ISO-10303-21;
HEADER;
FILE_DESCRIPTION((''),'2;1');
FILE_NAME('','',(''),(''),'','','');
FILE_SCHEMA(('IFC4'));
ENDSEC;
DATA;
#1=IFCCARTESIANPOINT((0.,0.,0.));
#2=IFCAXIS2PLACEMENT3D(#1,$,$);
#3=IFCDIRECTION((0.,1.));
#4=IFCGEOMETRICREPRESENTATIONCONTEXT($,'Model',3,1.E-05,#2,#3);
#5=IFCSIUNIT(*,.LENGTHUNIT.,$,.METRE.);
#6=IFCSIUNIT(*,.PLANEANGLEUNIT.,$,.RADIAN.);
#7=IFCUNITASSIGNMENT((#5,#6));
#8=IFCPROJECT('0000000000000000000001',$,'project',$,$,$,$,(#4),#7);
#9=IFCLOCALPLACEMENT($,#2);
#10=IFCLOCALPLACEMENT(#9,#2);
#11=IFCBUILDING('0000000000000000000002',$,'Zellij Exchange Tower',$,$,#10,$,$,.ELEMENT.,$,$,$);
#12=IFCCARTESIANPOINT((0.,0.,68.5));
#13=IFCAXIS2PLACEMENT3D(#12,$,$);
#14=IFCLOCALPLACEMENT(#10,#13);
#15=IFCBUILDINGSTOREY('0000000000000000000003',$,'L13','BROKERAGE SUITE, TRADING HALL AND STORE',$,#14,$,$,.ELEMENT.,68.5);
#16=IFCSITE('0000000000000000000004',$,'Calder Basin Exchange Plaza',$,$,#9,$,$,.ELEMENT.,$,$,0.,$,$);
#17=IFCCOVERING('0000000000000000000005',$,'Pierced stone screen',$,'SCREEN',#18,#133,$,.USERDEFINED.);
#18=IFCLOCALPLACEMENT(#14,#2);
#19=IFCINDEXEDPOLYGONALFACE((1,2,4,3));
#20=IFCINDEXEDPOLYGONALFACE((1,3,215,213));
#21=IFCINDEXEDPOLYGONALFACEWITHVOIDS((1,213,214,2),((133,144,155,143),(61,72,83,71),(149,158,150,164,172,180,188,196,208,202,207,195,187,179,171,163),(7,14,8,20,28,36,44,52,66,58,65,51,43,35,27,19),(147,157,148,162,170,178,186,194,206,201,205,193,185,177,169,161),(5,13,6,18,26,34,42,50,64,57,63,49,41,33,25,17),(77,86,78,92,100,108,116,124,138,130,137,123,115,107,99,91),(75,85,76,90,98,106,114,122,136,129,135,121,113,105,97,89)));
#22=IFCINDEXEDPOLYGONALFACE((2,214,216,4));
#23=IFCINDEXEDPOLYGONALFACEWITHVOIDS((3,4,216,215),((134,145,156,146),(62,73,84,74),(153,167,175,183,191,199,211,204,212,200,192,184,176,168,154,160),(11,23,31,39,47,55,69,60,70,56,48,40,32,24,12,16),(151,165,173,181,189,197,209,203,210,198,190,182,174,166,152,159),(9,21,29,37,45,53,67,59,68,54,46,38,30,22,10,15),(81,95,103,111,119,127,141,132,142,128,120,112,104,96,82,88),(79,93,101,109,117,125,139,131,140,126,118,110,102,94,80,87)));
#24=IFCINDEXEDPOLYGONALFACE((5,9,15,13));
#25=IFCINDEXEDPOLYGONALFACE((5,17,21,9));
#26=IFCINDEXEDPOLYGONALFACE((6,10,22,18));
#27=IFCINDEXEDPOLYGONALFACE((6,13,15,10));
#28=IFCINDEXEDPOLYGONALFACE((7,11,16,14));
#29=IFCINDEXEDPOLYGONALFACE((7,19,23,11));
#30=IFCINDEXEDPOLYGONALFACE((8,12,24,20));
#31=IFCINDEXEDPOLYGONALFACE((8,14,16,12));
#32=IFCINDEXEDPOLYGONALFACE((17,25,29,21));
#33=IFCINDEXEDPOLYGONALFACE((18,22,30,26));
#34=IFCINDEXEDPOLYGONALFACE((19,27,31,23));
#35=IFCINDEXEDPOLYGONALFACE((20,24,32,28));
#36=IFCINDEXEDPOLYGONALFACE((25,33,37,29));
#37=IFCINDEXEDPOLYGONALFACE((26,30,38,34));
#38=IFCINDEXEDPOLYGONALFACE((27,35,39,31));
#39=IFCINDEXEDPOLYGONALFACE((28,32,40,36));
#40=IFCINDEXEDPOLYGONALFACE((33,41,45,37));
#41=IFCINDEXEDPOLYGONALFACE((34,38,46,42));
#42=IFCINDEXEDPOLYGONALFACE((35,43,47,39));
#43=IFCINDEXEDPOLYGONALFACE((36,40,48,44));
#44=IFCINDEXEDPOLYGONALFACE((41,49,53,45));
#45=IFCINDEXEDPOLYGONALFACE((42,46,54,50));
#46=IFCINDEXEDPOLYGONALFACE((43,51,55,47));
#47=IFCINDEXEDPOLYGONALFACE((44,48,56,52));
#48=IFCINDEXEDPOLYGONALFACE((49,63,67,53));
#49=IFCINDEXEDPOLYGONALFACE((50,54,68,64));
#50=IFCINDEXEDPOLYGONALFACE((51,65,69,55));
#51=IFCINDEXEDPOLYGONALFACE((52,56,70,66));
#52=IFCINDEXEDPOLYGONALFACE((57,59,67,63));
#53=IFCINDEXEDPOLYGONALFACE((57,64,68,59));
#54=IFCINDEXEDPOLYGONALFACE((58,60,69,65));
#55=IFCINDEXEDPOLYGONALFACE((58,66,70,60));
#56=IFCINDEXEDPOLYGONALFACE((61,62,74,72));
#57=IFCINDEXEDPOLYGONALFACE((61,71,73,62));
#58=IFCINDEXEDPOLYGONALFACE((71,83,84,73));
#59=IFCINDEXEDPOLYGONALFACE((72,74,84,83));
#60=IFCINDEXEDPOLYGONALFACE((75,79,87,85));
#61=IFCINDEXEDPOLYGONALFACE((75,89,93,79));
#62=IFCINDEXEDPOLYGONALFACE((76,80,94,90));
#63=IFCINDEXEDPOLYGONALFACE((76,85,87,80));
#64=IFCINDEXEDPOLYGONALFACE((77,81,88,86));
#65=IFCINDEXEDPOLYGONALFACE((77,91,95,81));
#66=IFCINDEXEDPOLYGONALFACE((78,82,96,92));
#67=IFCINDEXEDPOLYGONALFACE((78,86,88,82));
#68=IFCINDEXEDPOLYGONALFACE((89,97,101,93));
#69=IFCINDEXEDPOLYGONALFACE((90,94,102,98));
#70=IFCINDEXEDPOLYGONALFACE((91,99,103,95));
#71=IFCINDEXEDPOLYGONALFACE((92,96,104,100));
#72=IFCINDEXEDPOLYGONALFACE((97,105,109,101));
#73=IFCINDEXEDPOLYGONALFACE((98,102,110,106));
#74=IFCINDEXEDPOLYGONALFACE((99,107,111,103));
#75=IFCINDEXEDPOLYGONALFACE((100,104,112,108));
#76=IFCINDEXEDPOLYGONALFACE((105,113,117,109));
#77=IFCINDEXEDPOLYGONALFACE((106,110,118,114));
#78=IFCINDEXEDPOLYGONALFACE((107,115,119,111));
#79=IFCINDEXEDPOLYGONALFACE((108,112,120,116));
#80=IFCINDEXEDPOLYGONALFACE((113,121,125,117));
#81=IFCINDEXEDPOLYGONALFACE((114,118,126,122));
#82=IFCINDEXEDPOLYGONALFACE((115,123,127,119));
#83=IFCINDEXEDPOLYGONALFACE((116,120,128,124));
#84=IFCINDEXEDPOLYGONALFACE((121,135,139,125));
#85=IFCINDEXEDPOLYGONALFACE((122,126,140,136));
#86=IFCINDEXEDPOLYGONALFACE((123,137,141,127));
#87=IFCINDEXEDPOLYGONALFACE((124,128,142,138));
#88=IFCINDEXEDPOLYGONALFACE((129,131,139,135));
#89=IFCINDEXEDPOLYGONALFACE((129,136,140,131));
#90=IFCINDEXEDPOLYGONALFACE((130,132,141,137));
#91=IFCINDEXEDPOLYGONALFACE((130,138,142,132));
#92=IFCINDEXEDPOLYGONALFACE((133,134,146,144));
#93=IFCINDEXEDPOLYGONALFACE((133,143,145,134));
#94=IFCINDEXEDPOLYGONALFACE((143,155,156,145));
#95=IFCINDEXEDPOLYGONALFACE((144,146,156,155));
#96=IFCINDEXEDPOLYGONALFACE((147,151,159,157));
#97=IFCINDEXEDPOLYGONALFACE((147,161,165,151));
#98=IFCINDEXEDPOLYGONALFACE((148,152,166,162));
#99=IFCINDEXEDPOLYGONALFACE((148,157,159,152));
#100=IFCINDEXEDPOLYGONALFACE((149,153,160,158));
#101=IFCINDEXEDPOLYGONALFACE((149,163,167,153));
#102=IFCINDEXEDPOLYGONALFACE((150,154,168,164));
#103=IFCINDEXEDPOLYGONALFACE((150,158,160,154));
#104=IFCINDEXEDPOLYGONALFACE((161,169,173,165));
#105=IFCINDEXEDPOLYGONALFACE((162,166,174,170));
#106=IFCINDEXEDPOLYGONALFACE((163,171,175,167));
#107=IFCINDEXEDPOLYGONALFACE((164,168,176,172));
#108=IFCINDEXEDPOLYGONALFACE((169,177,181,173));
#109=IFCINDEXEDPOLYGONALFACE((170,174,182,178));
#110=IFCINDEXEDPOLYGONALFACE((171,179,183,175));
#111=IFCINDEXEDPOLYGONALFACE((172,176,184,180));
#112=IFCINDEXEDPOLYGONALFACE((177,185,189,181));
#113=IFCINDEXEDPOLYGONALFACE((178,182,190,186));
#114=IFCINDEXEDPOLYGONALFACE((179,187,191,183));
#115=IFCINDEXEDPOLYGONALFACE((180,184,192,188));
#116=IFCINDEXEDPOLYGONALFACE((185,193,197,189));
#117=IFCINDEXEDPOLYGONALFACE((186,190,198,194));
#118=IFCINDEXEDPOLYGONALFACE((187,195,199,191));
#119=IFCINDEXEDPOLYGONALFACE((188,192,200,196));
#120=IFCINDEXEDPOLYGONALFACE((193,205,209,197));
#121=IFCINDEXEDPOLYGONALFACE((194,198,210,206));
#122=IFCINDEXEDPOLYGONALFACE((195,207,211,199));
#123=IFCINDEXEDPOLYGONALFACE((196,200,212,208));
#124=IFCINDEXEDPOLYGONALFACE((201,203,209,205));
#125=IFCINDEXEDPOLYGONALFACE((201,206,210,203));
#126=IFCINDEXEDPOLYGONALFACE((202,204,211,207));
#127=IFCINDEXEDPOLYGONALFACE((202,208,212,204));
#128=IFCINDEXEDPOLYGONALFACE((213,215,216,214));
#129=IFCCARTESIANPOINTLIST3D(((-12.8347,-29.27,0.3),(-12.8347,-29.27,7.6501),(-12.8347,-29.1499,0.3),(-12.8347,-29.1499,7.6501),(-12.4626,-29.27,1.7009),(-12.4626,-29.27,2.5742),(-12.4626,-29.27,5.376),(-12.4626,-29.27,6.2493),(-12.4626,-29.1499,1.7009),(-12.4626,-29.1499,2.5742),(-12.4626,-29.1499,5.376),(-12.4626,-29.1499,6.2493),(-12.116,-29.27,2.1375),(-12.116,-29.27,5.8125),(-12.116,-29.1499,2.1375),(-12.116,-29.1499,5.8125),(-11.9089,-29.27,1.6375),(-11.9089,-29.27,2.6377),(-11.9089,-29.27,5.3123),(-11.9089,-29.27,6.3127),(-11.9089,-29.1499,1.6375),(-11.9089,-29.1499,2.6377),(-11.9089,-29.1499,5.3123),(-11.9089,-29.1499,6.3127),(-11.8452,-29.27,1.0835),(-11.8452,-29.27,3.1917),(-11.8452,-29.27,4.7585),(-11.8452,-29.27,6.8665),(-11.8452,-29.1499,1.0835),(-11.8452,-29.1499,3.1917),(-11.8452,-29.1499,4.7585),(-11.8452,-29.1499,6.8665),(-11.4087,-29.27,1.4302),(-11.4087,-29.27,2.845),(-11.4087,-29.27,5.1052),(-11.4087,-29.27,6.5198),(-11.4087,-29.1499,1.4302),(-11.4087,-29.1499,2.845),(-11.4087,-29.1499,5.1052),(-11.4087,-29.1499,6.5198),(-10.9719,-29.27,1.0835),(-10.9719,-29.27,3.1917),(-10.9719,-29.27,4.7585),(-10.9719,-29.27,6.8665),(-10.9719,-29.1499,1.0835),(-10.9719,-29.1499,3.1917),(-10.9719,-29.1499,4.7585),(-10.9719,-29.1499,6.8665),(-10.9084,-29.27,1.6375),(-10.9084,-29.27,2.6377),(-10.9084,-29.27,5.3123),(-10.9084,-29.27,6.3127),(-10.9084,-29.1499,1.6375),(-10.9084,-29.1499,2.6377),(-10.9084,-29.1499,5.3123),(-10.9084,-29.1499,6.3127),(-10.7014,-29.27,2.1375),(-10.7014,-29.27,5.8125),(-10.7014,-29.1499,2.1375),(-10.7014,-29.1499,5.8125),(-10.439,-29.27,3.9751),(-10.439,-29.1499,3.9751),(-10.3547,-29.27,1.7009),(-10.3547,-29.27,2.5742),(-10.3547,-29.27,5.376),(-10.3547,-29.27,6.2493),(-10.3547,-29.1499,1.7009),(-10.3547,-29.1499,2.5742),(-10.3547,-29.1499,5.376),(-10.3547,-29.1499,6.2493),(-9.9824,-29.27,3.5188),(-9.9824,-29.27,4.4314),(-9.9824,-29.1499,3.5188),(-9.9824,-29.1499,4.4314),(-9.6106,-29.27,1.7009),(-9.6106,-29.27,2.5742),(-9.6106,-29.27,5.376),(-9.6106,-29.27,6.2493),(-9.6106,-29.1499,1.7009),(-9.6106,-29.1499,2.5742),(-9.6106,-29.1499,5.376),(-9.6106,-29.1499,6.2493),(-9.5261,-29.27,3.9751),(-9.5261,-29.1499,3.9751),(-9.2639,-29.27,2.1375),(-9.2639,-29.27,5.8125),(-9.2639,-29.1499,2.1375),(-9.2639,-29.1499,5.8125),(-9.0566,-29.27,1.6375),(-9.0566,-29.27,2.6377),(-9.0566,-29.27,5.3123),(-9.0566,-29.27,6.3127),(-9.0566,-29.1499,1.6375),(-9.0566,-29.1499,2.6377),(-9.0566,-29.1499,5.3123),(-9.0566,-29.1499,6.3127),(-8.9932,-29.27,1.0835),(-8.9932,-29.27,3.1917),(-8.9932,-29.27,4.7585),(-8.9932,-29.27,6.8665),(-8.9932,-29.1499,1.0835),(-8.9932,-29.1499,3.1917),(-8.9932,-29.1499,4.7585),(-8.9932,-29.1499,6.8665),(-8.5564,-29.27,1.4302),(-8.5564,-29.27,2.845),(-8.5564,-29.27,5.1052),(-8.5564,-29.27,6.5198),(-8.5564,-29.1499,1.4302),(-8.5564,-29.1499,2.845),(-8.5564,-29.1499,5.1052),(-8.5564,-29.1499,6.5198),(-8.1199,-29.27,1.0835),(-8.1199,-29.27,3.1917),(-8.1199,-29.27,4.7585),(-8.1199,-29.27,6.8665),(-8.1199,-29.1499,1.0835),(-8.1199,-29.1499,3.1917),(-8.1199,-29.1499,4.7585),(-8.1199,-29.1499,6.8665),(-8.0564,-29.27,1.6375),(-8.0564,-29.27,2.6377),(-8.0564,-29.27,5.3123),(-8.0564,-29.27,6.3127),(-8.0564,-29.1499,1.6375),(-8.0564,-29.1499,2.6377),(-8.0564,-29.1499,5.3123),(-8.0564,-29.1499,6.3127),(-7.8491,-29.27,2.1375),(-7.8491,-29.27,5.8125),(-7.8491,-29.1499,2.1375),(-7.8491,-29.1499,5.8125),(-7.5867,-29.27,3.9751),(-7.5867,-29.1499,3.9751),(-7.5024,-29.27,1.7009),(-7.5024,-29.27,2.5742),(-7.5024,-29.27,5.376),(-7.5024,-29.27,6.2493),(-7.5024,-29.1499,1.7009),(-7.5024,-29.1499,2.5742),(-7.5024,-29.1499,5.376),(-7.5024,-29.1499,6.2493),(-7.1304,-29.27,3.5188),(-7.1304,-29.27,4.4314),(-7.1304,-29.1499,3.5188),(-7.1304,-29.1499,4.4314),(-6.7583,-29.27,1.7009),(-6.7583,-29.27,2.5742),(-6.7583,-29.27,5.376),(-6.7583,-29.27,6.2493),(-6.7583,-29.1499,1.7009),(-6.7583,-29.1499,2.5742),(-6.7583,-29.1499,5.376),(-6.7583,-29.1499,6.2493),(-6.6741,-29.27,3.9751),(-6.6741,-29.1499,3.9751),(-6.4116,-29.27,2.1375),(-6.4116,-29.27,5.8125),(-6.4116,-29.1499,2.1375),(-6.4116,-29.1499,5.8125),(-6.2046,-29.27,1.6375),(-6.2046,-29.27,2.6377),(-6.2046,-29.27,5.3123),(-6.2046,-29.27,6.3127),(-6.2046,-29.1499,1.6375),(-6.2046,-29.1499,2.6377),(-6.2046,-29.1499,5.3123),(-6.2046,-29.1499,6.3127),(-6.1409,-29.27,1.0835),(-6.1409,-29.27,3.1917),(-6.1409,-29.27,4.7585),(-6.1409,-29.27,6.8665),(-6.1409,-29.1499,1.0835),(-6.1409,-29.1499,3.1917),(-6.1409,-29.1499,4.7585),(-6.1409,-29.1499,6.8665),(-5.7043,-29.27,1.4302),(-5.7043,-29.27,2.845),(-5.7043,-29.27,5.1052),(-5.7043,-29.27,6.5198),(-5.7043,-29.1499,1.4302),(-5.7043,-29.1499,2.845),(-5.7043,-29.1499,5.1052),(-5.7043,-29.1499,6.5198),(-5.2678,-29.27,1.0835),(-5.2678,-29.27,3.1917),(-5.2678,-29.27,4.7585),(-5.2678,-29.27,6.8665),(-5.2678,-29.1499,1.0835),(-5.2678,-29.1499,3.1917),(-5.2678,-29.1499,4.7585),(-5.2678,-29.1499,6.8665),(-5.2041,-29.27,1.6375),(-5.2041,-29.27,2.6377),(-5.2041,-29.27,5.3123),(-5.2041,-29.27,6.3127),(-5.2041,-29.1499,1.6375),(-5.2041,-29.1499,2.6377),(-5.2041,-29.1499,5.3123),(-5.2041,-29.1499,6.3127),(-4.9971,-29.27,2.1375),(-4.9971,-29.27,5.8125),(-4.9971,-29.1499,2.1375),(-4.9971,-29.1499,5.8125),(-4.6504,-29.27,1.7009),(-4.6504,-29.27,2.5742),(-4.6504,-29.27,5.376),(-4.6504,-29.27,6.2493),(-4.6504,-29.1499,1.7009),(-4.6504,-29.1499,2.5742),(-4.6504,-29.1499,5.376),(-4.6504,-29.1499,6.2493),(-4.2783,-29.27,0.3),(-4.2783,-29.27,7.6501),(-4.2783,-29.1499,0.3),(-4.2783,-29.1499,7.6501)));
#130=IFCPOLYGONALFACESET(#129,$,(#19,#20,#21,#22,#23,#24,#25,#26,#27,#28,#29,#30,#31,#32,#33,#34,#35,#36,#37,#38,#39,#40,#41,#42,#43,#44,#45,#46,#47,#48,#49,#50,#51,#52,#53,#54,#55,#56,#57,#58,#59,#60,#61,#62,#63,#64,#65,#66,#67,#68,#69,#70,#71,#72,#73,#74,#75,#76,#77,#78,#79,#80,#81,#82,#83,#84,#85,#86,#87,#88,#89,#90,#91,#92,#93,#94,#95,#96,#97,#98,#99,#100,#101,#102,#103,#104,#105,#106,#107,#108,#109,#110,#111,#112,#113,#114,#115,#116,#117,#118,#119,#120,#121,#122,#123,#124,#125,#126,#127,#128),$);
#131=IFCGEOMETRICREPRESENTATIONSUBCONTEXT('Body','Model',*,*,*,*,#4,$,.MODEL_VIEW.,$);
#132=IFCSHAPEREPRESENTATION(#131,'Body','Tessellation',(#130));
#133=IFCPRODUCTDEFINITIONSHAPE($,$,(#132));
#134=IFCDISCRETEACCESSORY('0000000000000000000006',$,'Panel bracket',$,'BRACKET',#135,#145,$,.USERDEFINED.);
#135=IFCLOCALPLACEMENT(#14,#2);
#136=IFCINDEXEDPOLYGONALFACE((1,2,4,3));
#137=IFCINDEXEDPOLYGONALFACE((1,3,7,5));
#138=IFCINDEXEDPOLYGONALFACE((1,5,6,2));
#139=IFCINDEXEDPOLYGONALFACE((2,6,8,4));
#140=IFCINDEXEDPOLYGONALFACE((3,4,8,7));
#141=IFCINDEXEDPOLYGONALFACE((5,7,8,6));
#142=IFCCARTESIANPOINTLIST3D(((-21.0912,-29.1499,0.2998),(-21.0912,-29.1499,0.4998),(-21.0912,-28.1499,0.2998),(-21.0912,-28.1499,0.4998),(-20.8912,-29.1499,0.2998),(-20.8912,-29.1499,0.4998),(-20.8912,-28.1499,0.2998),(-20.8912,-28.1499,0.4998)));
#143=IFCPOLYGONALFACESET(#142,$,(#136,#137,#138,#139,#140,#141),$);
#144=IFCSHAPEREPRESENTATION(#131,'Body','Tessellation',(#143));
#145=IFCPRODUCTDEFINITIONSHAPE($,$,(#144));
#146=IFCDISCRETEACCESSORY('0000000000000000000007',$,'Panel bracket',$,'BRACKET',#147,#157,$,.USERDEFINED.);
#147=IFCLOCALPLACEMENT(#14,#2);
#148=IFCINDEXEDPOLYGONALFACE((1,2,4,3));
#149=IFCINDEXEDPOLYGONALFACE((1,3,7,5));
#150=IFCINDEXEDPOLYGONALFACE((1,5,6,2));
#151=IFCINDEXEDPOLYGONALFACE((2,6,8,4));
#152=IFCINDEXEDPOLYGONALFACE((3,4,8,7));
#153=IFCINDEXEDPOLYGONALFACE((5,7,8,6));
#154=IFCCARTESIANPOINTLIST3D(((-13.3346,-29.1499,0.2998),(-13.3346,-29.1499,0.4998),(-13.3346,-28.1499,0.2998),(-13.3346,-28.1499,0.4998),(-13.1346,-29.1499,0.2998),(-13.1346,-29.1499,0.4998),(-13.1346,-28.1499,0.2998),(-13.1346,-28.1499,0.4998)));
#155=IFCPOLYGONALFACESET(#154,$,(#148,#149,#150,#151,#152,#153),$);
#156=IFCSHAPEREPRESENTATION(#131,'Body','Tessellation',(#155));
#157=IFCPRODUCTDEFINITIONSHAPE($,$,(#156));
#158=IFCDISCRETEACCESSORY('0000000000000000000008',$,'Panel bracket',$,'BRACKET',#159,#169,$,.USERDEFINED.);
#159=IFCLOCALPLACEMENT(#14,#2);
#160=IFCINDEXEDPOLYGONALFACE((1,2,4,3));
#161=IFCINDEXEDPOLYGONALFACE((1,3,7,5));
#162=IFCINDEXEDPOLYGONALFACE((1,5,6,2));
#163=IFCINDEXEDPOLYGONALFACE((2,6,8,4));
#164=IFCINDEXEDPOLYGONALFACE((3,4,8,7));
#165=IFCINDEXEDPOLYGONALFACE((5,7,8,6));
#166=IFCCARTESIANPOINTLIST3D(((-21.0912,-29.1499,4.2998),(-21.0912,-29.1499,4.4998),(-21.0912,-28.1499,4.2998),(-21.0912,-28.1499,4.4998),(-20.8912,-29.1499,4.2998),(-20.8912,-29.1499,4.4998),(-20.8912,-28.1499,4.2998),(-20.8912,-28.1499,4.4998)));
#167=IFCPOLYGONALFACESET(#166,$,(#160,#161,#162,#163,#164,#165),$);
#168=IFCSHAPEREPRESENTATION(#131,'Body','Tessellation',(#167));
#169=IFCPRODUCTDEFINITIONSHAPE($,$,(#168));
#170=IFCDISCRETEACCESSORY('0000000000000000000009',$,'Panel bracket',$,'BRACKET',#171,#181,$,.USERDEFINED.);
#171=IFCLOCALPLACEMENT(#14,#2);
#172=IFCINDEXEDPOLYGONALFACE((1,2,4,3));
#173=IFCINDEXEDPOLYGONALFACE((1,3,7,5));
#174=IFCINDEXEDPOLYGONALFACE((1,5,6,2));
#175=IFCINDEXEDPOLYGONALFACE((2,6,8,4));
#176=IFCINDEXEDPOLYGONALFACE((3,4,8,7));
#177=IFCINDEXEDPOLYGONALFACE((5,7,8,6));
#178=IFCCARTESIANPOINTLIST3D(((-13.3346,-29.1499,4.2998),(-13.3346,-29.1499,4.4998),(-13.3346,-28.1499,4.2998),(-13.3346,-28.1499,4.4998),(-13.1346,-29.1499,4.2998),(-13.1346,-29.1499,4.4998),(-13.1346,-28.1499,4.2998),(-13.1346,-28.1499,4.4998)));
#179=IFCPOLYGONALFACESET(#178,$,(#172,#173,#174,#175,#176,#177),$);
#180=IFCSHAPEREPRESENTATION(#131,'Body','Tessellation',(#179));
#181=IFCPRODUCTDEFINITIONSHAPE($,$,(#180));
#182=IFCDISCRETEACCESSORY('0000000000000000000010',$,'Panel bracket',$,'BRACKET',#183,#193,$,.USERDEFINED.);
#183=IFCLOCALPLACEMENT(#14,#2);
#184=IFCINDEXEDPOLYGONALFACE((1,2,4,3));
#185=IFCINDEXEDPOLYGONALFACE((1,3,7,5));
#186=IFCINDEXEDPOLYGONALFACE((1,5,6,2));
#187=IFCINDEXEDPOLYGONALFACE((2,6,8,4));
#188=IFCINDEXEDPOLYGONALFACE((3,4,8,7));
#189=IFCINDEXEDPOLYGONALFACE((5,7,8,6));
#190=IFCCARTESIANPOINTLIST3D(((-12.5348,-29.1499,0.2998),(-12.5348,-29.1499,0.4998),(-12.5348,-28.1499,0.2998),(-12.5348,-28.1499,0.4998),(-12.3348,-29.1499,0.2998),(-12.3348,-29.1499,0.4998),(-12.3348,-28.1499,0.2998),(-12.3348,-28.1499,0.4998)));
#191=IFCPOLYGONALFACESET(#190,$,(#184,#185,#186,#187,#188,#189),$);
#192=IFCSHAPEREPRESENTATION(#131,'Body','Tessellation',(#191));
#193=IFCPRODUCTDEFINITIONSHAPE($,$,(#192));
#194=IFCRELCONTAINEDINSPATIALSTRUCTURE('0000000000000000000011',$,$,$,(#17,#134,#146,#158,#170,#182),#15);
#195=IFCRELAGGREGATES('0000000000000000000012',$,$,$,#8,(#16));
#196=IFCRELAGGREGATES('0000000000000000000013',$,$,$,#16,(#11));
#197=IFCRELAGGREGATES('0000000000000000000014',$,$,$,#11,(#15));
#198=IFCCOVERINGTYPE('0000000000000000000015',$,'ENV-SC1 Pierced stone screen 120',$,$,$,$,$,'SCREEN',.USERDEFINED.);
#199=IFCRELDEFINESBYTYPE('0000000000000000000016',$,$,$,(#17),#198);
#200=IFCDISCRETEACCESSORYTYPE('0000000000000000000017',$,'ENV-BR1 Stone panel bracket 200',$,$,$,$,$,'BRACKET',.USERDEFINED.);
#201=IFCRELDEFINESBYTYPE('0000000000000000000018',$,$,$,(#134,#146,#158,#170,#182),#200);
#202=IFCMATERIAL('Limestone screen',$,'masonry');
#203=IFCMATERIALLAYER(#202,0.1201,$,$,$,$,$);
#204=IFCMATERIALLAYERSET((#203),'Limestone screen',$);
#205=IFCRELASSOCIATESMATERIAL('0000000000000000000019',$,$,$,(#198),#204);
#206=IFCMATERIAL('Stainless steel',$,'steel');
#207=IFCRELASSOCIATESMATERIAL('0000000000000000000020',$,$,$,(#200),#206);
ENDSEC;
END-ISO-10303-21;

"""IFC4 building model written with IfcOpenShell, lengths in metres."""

from ifc_helpers import new_model, si_unit, direction, frame, origin, origin_2d, place, context, subcontext, project, spatial, polyline, rectangle, outline, extrude, material, layer, layer_set, type_object, element, save


model = new_model("IFC4")

# Units and contexts
model_context = context("Model", 3, precision=1e-05, world=origin(), true_north=direction((0.0, 1.0)))
body_context = subcontext(model_context, "Body", "Model", "MODEL_VIEW")
ifc_project = project(units=[si_unit("LENGTHUNIT", "METRE"), si_unit("PLANEANGLEUNIT", "RADIAN")], contexts=[model_context])

# Site, building, storey
site_placement = place(None, origin())
site = spatial("IfcSite", under=ifc_project, at=site_placement, Name="Calder Basin Exchange Plaza", CompositionType="ELEMENT", RefElevation=0.0)
building_placement = place(site_placement, origin())
building = spatial("IfcBuilding", under=site, at=building_placement, Name="Zellij Exchange Tower", CompositionType="ELEMENT")
storey_placement = place(building_placement, frame((0.0, 0.0, 68.5)))
storey = spatial("IfcBuildingStorey", under=building, at=storey_placement, Name="L13", Description="BROKERAGE SUITE, TRADING HALL AND STORE", CompositionType="ELEMENT", Elevation=68.5)

# Shared definitions
ifc_material_1 = material(Name="Stainless steel", Category="steel")

# Covering
ifc_material_2 = material(Name="Limestone screen", Category="masonry")
ifc_layer_1 = layer(ifc_material_2, 0.1201)
ifc_layer_set_1 = layer_set([ifc_layer_1], Name="Limestone screen")
covering_type = type_object("IfcCoveringType", Name="ENV-SC1 Pierced stone screen 120", ElementType="SCREEN", PredefinedType="USERDEFINED", material=ifc_layer_set_1)
covering_placement = place(storey_placement, frame((-12.8347, -29.21, 0.3), z_axis=(0.0, 0.0, 1.0), x_axis=(1.0, 0.0, 0.0)))
element("IfcCovering", 1, at=covering_placement, inside=storey, type_object=covering_type, Name="Pierced stone screen", ObjectType="SCREEN", PredefinedType="USERDEFINED", context=body_context, shape_type="SweptSolid", body=[
    extrude(outline(polyline([(0.0, 0.0), (8.5564, 0.0), (8.5564, 7.3501), (0.0, 7.3501), (0.0, 0.0)]), holes=[polyline([(2.48, 2.2742), (1.9263, 2.3376), (1.8628, 2.8916), (1.426, 2.5449), (0.9895, 2.8916), (0.9258, 2.3376), (0.3721, 2.2742), (0.7188, 1.8374), (0.3721, 1.4009), (0.9258, 1.3374), (0.9895, 0.7834), (1.426, 1.1301), (1.8628, 0.7834), (1.9263, 1.3374), (2.48, 1.4009), (2.1333, 1.8374), (2.48, 2.2742)]), polyline([(2.48, 5.9492), (1.9263, 6.0127), (1.8628, 6.5664), (1.426, 6.2197), (0.9895, 6.5664), (0.9258, 6.0127), (0.3721, 5.9492), (0.7188, 5.5125), (0.3721, 5.0759), (0.9258, 5.0122), (0.9895, 4.4585), (1.426, 4.8052), (1.8628, 4.4585), (1.9263, 5.0122), (2.48, 5.0759), (2.1333, 5.5125), (2.48, 5.9492)]), polyline([(5.3323, 2.2742), (4.7783, 2.3376), (4.7148, 2.8916), (4.2783, 2.5449), (3.8416, 2.8916), (3.7781, 2.3376), (3.2241, 2.2742), (3.5708, 1.8374), (3.2241, 1.4009), (3.7781, 1.3374), (3.8416, 0.7834), (4.2783, 1.1301), (4.7148, 0.7834), (4.7783, 1.3374), (5.3323, 1.4009), (4.9856, 1.8374), (5.3323, 2.2742)]), polyline([(5.3323, 5.9492), (4.7783, 6.0127), (4.7148, 6.5664), (4.2783, 6.2197), (3.8416, 6.5664), (3.7781, 6.0127), (3.2241, 5.9492), (3.5708, 5.5125), (3.2241, 5.0759), (3.7781, 5.0122), (3.8416, 4.4585), (4.2783, 4.8052), (4.7148, 4.4585), (4.7783, 5.0122), (5.3323, 5.0759), (4.9856, 5.5125), (5.3323, 5.9492)]), polyline([(8.1843, 2.2742), (7.6306, 2.3376), (7.5669, 2.8916), (7.1304, 2.5449), (6.6938, 2.8916), (6.6301, 2.3376), (6.0764, 2.2742), (6.4231, 1.8374), (6.0764, 1.4009), (6.6301, 1.3374), (6.6938, 0.7834), (7.1304, 1.1301), (7.5669, 0.7834), (7.6306, 1.3374), (8.1843, 1.4009), (7.8376, 1.8374), (8.1843, 2.2742)]), polyline([(8.1843, 5.9492), (7.6306, 6.0127), (7.5669, 6.5664), (7.1304, 6.2197), (6.6938, 6.5664), (6.6301, 6.0127), (6.0764, 5.9492), (6.4231, 5.5125), (6.0764, 5.0759), (6.6301, 5.0122), (6.6938, 4.4585), (7.1304, 4.8052), (7.5669, 4.4585), (7.6306, 5.0122), (8.1843, 5.0759), (7.8376, 5.5125), (8.1843, 5.9492)]), polyline([(3.3086, 3.675), (2.8523, 4.1313), (2.3958, 3.675), (2.8523, 3.2188), (3.3086, 3.675)]), polyline([(6.1606, 3.675), (5.7043, 4.1313), (5.248, 3.675), (5.7043, 3.2188), (6.1606, 3.675)])]), frame((0.0, 0.0601, 0.0), z_axis=(0.0, -1.0, 0.0), x_axis=(1.0, 0.0, 0.0)), (0.0, 0.0, 1.0), 0.1201),
])

# Discrete accessories
discrete_accessory_type = type_object("IfcDiscreteAccessoryType", Name="ENV-BR1 Stone panel bracket 200", ElementType="BRACKET", PredefinedType="USERDEFINED", material=ifc_material_1)
for number, where, z_axis, x_axis, name in (
    (2, (-20.9912, -28.6499, 0.2998), (0.0, 0.0, 1.0), (1.0, 0.0, 0.0), "Panel bracket"),
    (3, (-13.2346, -28.6499, 0.2998), (0.0, 0.0, 1.0), (1.0, 0.0, 0.0), "Panel bracket"),
    (4, (-20.9912, -28.6499, 4.2998), (0.0, 0.0, 1.0), (1.0, 0.0, 0.0), "Panel bracket"),
    (5, (-13.2346, -28.6499, 4.2998), (0.0, 0.0, 1.0), (1.0, 0.0, 0.0), "Panel bracket"),
    (6, (-12.4348, -28.6499, 0.2998), (0.0, 0.0, 1.0), (1.0, 0.0, 0.0), "Panel bracket"),
):
    element("IfcDiscreteAccessory", number, at=place(storey_placement, frame(where, z_axis=z_axis, x_axis=x_axis)), inside=storey, type_object=discrete_accessory_type, Name=name, ObjectType="BRACKET", PredefinedType="USERDEFINED", context=body_context, shape_type="SweptSolid", body=[
        extrude(rectangle(XDim=0.2, YDim=1.0, at=origin_2d()), origin(), (0.0, 0.0, 1.0), 0.2),
    ])

save(model, "model.ifc")
